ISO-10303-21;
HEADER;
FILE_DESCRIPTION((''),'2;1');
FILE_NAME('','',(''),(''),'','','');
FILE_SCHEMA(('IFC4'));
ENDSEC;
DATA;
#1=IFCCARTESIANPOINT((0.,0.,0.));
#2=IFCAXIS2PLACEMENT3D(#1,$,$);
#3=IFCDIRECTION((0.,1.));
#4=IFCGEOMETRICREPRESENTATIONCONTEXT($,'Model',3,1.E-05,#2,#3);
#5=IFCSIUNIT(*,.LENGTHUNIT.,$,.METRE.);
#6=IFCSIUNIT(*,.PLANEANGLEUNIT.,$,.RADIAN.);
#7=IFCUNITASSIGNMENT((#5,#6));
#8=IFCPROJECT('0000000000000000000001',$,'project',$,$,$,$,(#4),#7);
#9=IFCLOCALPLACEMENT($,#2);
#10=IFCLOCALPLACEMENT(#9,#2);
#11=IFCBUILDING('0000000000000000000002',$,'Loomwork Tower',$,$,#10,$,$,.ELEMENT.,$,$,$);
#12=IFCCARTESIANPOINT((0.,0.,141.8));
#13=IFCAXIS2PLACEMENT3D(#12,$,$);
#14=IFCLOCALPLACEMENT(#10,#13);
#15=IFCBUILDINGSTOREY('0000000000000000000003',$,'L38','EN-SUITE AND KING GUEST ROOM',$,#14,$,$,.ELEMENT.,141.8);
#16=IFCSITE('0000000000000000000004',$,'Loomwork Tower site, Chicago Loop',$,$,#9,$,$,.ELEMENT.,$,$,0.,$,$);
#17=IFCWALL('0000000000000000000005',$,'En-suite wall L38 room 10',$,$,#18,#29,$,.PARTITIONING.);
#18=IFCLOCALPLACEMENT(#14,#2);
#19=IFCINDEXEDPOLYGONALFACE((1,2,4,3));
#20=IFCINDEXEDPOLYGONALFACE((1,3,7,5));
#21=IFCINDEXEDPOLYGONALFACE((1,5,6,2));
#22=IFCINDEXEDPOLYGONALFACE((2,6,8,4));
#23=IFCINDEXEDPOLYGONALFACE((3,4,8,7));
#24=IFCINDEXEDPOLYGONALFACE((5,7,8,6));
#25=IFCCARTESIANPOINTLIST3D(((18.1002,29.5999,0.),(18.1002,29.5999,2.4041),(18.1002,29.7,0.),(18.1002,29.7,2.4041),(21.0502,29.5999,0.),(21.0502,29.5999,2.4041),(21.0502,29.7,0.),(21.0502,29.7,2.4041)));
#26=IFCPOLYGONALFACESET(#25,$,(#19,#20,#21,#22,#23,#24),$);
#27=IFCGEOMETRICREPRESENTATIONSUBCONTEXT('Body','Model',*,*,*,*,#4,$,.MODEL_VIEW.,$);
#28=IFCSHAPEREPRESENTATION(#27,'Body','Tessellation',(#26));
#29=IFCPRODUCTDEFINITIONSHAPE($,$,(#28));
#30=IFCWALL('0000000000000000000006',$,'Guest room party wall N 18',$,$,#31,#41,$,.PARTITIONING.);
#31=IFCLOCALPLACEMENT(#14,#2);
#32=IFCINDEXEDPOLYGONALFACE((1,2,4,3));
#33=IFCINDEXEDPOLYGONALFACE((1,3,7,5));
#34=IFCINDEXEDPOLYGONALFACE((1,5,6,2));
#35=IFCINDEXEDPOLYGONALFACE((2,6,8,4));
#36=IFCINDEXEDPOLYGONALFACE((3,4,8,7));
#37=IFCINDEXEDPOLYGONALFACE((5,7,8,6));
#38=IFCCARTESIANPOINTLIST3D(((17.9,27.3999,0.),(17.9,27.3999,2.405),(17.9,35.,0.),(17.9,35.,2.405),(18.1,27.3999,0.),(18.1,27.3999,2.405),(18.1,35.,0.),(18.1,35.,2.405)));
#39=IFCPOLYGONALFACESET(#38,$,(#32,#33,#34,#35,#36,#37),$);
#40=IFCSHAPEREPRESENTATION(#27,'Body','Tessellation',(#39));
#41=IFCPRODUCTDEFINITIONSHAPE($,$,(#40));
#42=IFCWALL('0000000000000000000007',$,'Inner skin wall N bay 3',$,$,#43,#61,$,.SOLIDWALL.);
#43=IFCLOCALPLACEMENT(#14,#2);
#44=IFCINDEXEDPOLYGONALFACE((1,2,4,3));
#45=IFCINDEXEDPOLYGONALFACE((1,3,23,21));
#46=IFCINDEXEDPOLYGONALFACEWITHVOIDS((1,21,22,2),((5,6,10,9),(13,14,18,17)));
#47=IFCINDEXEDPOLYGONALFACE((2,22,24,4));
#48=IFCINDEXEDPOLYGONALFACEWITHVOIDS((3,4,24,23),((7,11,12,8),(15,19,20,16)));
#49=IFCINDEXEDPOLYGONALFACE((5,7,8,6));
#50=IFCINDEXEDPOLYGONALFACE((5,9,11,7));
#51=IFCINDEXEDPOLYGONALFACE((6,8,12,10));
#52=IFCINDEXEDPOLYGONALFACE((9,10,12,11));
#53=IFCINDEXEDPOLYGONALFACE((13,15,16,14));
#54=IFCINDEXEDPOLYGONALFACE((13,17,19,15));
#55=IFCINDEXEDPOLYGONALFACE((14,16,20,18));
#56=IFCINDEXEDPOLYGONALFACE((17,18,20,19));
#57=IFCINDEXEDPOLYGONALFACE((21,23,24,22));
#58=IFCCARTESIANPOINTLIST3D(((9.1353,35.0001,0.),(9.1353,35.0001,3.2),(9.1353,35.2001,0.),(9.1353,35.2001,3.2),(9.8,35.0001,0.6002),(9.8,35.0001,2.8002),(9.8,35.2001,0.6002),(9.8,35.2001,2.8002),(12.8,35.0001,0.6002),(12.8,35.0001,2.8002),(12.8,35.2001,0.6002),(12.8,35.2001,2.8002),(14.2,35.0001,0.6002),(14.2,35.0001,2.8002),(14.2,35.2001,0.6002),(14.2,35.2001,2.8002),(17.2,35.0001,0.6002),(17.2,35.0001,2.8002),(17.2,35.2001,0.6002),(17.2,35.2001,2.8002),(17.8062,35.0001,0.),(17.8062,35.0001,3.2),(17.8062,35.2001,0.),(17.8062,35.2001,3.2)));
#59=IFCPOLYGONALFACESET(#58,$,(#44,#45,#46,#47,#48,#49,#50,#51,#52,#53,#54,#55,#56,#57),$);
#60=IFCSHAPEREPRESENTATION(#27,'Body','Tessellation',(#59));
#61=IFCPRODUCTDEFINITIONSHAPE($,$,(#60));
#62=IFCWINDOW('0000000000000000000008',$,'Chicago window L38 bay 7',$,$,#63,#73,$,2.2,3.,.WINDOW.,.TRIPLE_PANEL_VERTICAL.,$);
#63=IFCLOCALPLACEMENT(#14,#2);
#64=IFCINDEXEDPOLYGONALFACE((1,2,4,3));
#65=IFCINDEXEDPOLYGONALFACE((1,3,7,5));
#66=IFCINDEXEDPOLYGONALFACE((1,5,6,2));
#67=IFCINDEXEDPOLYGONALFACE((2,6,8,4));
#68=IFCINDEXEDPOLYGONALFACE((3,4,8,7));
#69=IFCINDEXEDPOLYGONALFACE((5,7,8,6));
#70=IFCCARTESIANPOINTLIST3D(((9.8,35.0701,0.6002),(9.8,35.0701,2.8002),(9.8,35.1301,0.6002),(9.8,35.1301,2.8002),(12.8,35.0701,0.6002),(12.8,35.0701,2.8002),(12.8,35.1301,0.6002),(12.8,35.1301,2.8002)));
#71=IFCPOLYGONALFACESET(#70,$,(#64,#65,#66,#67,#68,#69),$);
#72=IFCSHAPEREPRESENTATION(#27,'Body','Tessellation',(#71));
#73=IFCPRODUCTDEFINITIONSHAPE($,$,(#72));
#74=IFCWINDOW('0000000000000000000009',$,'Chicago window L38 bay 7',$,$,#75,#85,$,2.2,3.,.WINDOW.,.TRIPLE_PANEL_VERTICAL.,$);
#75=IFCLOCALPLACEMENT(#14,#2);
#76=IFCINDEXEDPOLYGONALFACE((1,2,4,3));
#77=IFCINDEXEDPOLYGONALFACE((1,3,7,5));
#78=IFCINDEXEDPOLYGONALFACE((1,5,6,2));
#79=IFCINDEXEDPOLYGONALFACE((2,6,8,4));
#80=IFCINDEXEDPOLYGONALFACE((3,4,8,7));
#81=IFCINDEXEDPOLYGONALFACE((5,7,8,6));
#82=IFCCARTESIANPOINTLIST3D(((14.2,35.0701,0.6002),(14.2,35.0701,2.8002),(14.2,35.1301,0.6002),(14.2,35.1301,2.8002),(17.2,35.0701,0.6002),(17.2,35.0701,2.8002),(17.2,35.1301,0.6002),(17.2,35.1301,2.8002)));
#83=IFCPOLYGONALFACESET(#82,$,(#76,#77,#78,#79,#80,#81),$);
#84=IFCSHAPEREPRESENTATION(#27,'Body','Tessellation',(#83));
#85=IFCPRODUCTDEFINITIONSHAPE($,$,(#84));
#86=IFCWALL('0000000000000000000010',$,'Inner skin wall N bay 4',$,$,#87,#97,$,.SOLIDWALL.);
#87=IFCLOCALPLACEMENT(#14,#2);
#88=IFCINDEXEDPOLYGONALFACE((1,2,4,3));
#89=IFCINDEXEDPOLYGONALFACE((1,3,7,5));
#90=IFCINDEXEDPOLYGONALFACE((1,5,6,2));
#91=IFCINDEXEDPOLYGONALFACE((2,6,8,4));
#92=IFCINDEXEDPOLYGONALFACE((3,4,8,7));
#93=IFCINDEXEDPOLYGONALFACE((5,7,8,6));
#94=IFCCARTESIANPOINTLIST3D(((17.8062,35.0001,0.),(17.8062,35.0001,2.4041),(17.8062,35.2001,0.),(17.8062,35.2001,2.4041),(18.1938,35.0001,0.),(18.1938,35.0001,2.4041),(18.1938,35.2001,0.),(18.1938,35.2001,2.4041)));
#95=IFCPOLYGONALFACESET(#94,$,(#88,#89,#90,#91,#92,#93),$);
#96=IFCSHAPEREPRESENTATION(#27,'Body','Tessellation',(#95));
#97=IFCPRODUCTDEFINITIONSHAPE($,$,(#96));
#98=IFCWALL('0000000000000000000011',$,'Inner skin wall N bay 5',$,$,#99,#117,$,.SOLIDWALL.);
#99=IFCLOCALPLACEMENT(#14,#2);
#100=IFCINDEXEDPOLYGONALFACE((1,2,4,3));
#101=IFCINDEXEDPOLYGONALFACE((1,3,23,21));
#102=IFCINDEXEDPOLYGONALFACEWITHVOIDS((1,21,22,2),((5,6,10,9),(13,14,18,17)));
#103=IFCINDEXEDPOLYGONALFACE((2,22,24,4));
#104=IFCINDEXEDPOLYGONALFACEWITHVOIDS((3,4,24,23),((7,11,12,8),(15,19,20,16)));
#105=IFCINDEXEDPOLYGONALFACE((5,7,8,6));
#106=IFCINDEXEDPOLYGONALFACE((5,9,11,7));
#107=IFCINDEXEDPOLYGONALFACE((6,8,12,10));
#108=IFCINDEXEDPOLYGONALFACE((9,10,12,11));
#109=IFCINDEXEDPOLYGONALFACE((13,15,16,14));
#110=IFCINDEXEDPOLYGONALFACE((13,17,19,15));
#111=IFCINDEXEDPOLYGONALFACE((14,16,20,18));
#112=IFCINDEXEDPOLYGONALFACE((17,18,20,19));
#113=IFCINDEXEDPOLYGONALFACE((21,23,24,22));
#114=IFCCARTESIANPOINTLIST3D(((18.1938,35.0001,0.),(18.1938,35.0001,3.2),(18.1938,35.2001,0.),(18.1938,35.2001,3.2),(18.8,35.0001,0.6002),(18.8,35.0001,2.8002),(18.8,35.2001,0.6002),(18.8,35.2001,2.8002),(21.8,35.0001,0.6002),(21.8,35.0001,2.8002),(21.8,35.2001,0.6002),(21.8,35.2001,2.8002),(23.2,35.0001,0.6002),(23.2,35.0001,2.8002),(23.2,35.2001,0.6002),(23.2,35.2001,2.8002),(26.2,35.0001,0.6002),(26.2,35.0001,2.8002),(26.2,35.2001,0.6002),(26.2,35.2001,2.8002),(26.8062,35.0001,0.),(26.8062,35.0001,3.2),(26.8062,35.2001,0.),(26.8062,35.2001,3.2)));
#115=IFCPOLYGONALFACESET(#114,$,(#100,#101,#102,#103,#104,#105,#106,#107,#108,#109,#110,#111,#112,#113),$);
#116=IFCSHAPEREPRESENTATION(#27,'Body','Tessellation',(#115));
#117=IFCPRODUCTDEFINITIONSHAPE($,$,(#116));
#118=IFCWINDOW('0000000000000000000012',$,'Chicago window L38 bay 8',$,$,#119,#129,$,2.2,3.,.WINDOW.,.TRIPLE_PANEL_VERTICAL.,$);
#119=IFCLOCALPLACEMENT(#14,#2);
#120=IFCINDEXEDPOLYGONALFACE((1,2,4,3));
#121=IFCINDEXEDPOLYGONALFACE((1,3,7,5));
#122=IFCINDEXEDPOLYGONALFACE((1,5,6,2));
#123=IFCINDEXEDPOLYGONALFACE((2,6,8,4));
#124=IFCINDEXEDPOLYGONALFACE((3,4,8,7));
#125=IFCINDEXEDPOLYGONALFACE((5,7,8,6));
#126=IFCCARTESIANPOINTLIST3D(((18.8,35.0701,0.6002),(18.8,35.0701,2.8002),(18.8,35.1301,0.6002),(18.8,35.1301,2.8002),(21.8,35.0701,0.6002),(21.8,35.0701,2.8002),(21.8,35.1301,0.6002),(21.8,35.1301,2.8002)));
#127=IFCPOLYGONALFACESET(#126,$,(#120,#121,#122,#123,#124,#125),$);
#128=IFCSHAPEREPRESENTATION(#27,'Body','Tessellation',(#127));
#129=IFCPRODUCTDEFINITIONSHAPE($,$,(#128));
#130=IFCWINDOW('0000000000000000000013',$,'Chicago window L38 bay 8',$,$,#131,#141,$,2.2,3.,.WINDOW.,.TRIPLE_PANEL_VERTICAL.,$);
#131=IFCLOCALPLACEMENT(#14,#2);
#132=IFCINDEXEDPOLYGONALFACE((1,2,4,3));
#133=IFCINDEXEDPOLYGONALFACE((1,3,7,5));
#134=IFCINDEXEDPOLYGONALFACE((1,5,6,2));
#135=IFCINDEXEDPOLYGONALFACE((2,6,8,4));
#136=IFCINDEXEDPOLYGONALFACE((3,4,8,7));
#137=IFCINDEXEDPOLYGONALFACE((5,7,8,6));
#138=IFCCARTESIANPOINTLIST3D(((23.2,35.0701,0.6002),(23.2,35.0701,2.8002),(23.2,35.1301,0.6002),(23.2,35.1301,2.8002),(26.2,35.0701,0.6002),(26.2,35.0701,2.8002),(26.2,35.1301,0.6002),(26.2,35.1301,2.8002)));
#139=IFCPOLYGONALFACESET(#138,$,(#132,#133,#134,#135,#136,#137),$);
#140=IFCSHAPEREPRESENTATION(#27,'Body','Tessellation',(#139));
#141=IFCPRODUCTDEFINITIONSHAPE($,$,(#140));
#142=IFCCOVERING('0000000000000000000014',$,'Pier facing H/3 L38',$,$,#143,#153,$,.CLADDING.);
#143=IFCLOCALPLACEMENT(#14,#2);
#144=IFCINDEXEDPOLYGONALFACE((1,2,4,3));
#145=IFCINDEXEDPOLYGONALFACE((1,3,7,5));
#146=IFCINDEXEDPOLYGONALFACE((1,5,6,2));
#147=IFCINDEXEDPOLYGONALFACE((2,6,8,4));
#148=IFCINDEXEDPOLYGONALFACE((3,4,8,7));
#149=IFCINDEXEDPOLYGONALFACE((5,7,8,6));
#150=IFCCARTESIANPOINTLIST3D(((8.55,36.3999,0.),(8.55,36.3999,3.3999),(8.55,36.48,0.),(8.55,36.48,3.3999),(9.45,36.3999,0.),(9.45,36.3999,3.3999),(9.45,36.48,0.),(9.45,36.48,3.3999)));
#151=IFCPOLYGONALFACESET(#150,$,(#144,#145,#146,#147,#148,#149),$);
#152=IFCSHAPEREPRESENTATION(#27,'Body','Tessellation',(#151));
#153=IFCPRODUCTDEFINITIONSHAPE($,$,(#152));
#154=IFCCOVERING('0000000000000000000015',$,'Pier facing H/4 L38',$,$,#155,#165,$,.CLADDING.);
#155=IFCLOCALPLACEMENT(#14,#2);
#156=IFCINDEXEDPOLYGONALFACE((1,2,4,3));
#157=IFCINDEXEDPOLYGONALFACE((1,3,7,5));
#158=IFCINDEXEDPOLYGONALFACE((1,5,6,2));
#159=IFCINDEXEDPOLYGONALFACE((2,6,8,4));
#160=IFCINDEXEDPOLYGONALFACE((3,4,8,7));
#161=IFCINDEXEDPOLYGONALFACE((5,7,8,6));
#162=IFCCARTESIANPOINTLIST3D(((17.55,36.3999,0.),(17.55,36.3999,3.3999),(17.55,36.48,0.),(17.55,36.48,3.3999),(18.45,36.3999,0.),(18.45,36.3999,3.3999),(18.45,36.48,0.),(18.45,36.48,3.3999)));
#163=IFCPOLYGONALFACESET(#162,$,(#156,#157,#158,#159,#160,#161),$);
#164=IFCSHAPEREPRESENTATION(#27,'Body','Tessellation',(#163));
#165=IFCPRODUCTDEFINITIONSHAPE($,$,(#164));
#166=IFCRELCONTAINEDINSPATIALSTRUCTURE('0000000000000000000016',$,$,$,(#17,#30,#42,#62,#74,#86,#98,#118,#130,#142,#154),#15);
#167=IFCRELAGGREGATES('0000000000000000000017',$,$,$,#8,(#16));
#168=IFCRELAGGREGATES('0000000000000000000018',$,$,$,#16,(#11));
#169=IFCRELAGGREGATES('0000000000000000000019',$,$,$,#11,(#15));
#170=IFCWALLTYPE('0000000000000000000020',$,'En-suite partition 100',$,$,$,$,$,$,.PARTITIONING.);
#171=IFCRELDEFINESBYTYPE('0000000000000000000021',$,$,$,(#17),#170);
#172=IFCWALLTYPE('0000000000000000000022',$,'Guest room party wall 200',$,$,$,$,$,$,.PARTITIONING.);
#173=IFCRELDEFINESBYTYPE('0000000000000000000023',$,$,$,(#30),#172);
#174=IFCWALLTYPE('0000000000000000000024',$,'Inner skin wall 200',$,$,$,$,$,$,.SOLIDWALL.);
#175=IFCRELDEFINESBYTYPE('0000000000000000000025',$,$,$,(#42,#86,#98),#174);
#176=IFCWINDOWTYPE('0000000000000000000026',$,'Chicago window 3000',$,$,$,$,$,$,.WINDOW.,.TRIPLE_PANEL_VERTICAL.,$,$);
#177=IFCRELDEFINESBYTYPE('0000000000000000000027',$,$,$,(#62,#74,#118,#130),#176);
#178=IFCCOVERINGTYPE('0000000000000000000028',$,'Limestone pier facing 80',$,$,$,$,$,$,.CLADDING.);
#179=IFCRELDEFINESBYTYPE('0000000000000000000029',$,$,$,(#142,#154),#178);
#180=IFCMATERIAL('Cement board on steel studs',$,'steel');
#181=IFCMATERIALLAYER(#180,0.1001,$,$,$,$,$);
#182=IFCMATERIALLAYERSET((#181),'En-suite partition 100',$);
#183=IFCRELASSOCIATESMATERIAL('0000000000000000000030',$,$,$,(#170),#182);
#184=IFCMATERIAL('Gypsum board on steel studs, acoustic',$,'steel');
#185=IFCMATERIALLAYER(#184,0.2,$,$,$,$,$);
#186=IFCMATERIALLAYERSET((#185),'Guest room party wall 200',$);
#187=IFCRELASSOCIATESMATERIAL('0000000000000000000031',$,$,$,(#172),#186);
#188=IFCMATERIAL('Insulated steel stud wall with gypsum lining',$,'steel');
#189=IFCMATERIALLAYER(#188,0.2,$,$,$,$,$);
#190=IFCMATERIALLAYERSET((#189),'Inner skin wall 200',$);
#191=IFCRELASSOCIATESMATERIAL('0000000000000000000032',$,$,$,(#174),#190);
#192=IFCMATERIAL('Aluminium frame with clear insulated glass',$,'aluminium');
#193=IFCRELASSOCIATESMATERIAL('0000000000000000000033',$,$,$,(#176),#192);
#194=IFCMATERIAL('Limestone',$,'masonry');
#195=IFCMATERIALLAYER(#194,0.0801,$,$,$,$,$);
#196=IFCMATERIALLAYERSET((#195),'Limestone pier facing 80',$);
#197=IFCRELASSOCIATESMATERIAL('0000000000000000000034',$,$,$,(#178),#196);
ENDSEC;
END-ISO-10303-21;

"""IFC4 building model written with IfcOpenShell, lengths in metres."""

from ifc_helpers import new_model, si_unit, direction, frame, frame_2d, origin, origin_2d, place, context, subcontext, project, spatial, rectangle, extrude, material, layer, layer_set, type_object, element, fill, save


model = new_model("IFC4")

# Units and contexts
model_context = context("Model", 3, precision=1e-05, world=origin(), true_north=direction((0.0, 1.0)))
body_context = subcontext(model_context, "Body", "Model", "MODEL_VIEW")
ifc_project = project(units=[si_unit("LENGTHUNIT", "METRE"), si_unit("PLANEANGLEUNIT", "RADIAN")], contexts=[model_context])

# Site, building, storey
site_placement = place(None, origin())
site = spatial("IfcSite", under=ifc_project, at=site_placement, Name="Loomwork Tower site, Chicago Loop", CompositionType="ELEMENT", RefElevation=0.0)
building_placement = place(site_placement, origin())
building = spatial("IfcBuilding", under=site, at=building_placement, Name="Loomwork Tower", CompositionType="ELEMENT")
storey_placement = place(building_placement, frame((0.0, 0.0, 141.8)))
storey = spatial("IfcBuildingStorey", under=building, at=storey_placement, Name="L38", Description="EN-SUITE AND KING GUEST ROOM", CompositionType="ELEMENT", Elevation=141.8)

# Walls
ifc_material_1 = material(Name="Cement board on steel studs", Category="steel")
ifc_layer_1 = layer(ifc_material_1, 0.1001)
ifc_layer_set_1 = layer_set([ifc_layer_1], Name="En-suite partition 100")
wall_type_1 = type_object("IfcWallType", Name="En-suite partition 100", PredefinedType="PARTITIONING", material=ifc_layer_set_1)
for number, where, z_axis, x_axis, name in (
    (1, (18.1001, 29.6499, 0.0), (0.0, 0.0, 1.0), (1.0, 0.0, 0.0), "En-suite wall L38 room 10"),
):
    element("IfcWall", number, at=place(storey_placement, frame(where, z_axis=z_axis, x_axis=x_axis)), inside=storey, type_object=wall_type_1, Name=name, PredefinedType="PARTITIONING", context=body_context, shape_type="SweptSolid", body=[
        extrude(rectangle(XDim=2.95, YDim=0.1001, at=frame_2d((1.4751, 0.0))), origin(), (0.0, 0.0, 1.0), 2.4041),
    ])
ifc_material_2 = material(Name="Gypsum board on steel studs, acoustic", Category="steel")
ifc_layer_2 = layer(ifc_material_2, 0.2)
ifc_layer_set_2 = layer_set([ifc_layer_2], Name="Guest room party wall 200")
wall_type_2 = type_object("IfcWallType", Name="Guest room party wall 200", PredefinedType="PARTITIONING", material=ifc_layer_set_2)
wall_1_placement = place(storey_placement, frame((18.0, 27.3999, 0.0), z_axis=(0.0, 0.0, 1.0), x_axis=(0.0, 1.0, 0.0)))
element("IfcWall", 2, at=wall_1_placement, inside=storey, type_object=wall_type_2, Name="Guest room party wall N 18", PredefinedType="PARTITIONING", context=body_context, shape_type="SweptSolid", body=[
    extrude(rectangle(XDim=7.6001, YDim=0.2, at=frame_2d((3.8, 0.0))), origin(), (0.0, 0.0, 1.0), 2.405),
])

# Wall, openings, windows
ifc_material_3 = material(Name="Insulated steel stud wall with gypsum lining", Category="steel")
ifc_layer_3 = layer(ifc_material_3, 0.2)
ifc_layer_set_3 = layer_set([ifc_layer_3], Name="Inner skin wall 200")
wall_type_3 = type_object("IfcWallType", Name="Inner skin wall 200", PredefinedType="SOLIDWALL", material=ifc_layer_set_3)
wall_2_placement = place(storey_placement, frame((9.1353, 35.1001, 0.0), z_axis=(0.0, 0.0, 1.0), x_axis=(1.0, 0.0, 0.0)))
wall_2 = element("IfcWall", 3, at=wall_2_placement, inside=storey, type_object=wall_type_3, Name="Inner skin wall N bay 3", PredefinedType="SOLIDWALL", context=body_context, shape_type="SweptSolid", body=[
    extrude(rectangle(XDim=8.6709, YDim=0.2, at=frame_2d((4.3354, 0.0))), origin(), (0.0, 0.0, 1.0), 3.2),
])
opening_1_placement = place(wall_2_placement, frame((0.6648, 0.0, 0.6001)))
opening_1 = element("IfcOpeningElement", 4, at=opening_1_placement, cuts=wall_2, PredefinedType="OPENING", context=body_context, shape_type="SweptSolid", body=[
    extrude(rectangle(XDim=3.0, YDim=2.2, at=frame_2d((1.5, 1.1001))), frame((0.0, 0.1099, 0.0), z_axis=(0.0, -1.0, 0.0), x_axis=(1.0, 0.0, 0.0)), (0.0, 0.0, 1.0), 0.22),
])
opening_2_placement = place(wall_2_placement, frame((5.0647, 0.0, 0.6001)))
opening_2 = element("IfcOpeningElement", 5, at=opening_2_placement, cuts=wall_2, PredefinedType="OPENING", context=body_context, shape_type="SweptSolid", body=[
    extrude(rectangle(XDim=3.0, YDim=2.2, at=frame_2d((1.5, 1.1001))), frame((0.0, 0.1099, 0.0), z_axis=(0.0, -1.0, 0.0), x_axis=(1.0, 0.0, 0.0)), (0.0, 0.0, 1.0), 0.22),
])
ifc_material_4 = material(Name="Aluminium frame with clear insulated glass", Category="aluminium")
window_type = type_object("IfcWindowType", Name="Chicago window 3000", PartitioningType="TRIPLE_PANEL_VERTICAL", PredefinedType="WINDOW", material=ifc_material_4)
window_1_placement = place(opening_1_placement, origin())
window_1 = element("IfcWindow", 6, at=window_1_placement, inside=storey, type_object=window_type, Name="Chicago window L38 bay 7", OverallHeight=2.2, OverallWidth=3.0, PartitioningType="TRIPLE_PANEL_VERTICAL", PredefinedType="WINDOW", context=body_context, shape_type="SweptSolid", body=[
    extrude(rectangle(XDim=3.0, YDim=2.2, at=frame_2d((1.5, 1.1001))), frame((0.0, 0.03, 0.0), z_axis=(0.0, -1.0, 0.0), x_axis=(1.0, 0.0, 0.0)), (0.0, 0.0, 1.0), 0.0601),
])
fill(opening_1, window_1)
window_2_placement = place(opening_2_placement, origin())
window_2 = element("IfcWindow", 7, at=window_2_placement, inside=storey, type_object=window_type, Name="Chicago window L38 bay 7", OverallHeight=2.2, OverallWidth=3.0, PartitioningType="TRIPLE_PANEL_VERTICAL", PredefinedType="WINDOW", context=body_context, shape_type="SweptSolid", body=[
    extrude(rectangle(XDim=3.0, YDim=2.2, at=frame_2d((1.5, 1.1001))), frame((0.0, 0.03, 0.0), z_axis=(0.0, -1.0, 0.0), x_axis=(1.0, 0.0, 0.0)), (0.0, 0.0, 1.0), 0.0601),
])
fill(opening_2, window_2)

# Wall
wall_3_placement = place(storey_placement, frame((17.8062, 35.1001, 0.0), z_axis=(0.0, 0.0, 1.0), x_axis=(1.0, 0.0, 0.0)))
element("IfcWall", 8, at=wall_3_placement, inside=storey, type_object=wall_type_3, Name="Inner skin wall N bay 4", PredefinedType="SOLIDWALL", context=body_context, shape_type="SweptSolid", body=[
    extrude(rectangle(XDim=0.3877, YDim=0.2, at=frame_2d((0.1938, 0.0))), origin(), (0.0, 0.0, 1.0), 2.4041),
])

# Wall, openings, windows
wall_4_placement = place(storey_placement, frame((18.1938, 35.1001, 0.0), z_axis=(0.0, 0.0, 1.0), x_axis=(1.0, 0.0, 0.0)))
wall_4 = element("IfcWall", 9, at=wall_4_placement, inside=storey, type_object=wall_type_3, Name="Inner skin wall N bay 5", PredefinedType="SOLIDWALL", context=body_context, shape_type="SweptSolid", body=[
    extrude(rectangle(XDim=8.6123, YDim=0.2, at=frame_2d((4.3062, 0.0))), origin(), (0.0, 0.0, 1.0), 3.2),
])
opening_3_placement = place(wall_4_placement, frame((0.6062, 0.0, 0.6001)))
opening_3 = element("IfcOpeningElement", 10, at=opening_3_placement, cuts=wall_4, PredefinedType="OPENING", context=body_context, shape_type="SweptSolid", body=[
    extrude(rectangle(XDim=3.0, YDim=2.2, at=frame_2d((1.5, 1.1001))), frame((0.0, 0.1099, 0.0), z_axis=(0.0, -1.0, 0.0), x_axis=(1.0, 0.0, 0.0)), (0.0, 0.0, 1.0), 0.22),
])
opening_4_placement = place(wall_4_placement, frame((5.0061, 0.0, 0.6001)))
opening_4 = element("IfcOpeningElement", 11, at=opening_4_placement, cuts=wall_4, PredefinedType="OPENING", context=body_context, shape_type="SweptSolid", body=[
    extrude(rectangle(XDim=3.0, YDim=2.2, at=frame_2d((1.5, 1.1001))), frame((0.0, 0.1099, 0.0), z_axis=(0.0, -1.0, 0.0), x_axis=(1.0, 0.0, 0.0)), (0.0, 0.0, 1.0), 0.22),
])
window_3_placement = place(opening_3_placement, origin())
window_3 = element("IfcWindow", 12, at=window_3_placement, inside=storey, type_object=window_type, Name="Chicago window L38 bay 8", OverallHeight=2.2, OverallWidth=3.0, PartitioningType="TRIPLE_PANEL_VERTICAL", PredefinedType="WINDOW", context=body_context, shape_type="SweptSolid", body=[
    extrude(rectangle(XDim=3.0, YDim=2.2, at=frame_2d((1.5, 1.1001))), frame((0.0, 0.03, 0.0), z_axis=(0.0, -1.0, 0.0), x_axis=(1.0, 0.0, 0.0)), (0.0, 0.0, 1.0), 0.0601),
])
fill(opening_3, window_3)
window_4_placement = place(opening_4_placement, origin())
window_4 = element("IfcWindow", 13, at=window_4_placement, inside=storey, type_object=window_type, Name="Chicago window L38 bay 8", OverallHeight=2.2, OverallWidth=3.0, PartitioningType="TRIPLE_PANEL_VERTICAL", PredefinedType="WINDOW", context=body_context, shape_type="SweptSolid", body=[
    extrude(rectangle(XDim=3.0, YDim=2.2, at=frame_2d((1.5, 1.1001))), frame((0.0, 0.03, 0.0), z_axis=(0.0, -1.0, 0.0), x_axis=(1.0, 0.0, 0.0)), (0.0, 0.0, 1.0), 0.0601),
])
fill(opening_4, window_4)

# Coverings
ifc_material_5 = material(Name="Limestone", Category="masonry")
ifc_layer_4 = layer(ifc_material_5, 0.0801)
ifc_layer_set_4 = layer_set([ifc_layer_4], Name="Limestone pier facing 80")
covering_type = type_object("IfcCoveringType", Name="Limestone pier facing 80", PredefinedType="CLADDING", material=ifc_layer_set_4)
for number, where, z_axis, x_axis, name in (
    (14, (9.0, 36.4399, 0.0), (0.0, 0.0, 1.0), (1.0, 0.0, 0.0), "Pier facing H/3 L38"),
    (15, (18.0, 36.4399, 0.0), (0.0, 0.0, 1.0), (1.0, 0.0, 0.0), "Pier facing H/4 L38"),
):
    element("IfcCovering", number, at=place(storey_placement, frame(where, z_axis=z_axis, x_axis=x_axis)), inside=storey, type_object=covering_type, Name=name, PredefinedType="CLADDING", context=body_context, shape_type="SweptSolid", body=[
        extrude(rectangle(XDim=0.8999, YDim=0.0801, at=origin_2d()), origin(), (0.0, 0.0, 1.0), 3.3999),
    ])

save(model, "model.ifc")
